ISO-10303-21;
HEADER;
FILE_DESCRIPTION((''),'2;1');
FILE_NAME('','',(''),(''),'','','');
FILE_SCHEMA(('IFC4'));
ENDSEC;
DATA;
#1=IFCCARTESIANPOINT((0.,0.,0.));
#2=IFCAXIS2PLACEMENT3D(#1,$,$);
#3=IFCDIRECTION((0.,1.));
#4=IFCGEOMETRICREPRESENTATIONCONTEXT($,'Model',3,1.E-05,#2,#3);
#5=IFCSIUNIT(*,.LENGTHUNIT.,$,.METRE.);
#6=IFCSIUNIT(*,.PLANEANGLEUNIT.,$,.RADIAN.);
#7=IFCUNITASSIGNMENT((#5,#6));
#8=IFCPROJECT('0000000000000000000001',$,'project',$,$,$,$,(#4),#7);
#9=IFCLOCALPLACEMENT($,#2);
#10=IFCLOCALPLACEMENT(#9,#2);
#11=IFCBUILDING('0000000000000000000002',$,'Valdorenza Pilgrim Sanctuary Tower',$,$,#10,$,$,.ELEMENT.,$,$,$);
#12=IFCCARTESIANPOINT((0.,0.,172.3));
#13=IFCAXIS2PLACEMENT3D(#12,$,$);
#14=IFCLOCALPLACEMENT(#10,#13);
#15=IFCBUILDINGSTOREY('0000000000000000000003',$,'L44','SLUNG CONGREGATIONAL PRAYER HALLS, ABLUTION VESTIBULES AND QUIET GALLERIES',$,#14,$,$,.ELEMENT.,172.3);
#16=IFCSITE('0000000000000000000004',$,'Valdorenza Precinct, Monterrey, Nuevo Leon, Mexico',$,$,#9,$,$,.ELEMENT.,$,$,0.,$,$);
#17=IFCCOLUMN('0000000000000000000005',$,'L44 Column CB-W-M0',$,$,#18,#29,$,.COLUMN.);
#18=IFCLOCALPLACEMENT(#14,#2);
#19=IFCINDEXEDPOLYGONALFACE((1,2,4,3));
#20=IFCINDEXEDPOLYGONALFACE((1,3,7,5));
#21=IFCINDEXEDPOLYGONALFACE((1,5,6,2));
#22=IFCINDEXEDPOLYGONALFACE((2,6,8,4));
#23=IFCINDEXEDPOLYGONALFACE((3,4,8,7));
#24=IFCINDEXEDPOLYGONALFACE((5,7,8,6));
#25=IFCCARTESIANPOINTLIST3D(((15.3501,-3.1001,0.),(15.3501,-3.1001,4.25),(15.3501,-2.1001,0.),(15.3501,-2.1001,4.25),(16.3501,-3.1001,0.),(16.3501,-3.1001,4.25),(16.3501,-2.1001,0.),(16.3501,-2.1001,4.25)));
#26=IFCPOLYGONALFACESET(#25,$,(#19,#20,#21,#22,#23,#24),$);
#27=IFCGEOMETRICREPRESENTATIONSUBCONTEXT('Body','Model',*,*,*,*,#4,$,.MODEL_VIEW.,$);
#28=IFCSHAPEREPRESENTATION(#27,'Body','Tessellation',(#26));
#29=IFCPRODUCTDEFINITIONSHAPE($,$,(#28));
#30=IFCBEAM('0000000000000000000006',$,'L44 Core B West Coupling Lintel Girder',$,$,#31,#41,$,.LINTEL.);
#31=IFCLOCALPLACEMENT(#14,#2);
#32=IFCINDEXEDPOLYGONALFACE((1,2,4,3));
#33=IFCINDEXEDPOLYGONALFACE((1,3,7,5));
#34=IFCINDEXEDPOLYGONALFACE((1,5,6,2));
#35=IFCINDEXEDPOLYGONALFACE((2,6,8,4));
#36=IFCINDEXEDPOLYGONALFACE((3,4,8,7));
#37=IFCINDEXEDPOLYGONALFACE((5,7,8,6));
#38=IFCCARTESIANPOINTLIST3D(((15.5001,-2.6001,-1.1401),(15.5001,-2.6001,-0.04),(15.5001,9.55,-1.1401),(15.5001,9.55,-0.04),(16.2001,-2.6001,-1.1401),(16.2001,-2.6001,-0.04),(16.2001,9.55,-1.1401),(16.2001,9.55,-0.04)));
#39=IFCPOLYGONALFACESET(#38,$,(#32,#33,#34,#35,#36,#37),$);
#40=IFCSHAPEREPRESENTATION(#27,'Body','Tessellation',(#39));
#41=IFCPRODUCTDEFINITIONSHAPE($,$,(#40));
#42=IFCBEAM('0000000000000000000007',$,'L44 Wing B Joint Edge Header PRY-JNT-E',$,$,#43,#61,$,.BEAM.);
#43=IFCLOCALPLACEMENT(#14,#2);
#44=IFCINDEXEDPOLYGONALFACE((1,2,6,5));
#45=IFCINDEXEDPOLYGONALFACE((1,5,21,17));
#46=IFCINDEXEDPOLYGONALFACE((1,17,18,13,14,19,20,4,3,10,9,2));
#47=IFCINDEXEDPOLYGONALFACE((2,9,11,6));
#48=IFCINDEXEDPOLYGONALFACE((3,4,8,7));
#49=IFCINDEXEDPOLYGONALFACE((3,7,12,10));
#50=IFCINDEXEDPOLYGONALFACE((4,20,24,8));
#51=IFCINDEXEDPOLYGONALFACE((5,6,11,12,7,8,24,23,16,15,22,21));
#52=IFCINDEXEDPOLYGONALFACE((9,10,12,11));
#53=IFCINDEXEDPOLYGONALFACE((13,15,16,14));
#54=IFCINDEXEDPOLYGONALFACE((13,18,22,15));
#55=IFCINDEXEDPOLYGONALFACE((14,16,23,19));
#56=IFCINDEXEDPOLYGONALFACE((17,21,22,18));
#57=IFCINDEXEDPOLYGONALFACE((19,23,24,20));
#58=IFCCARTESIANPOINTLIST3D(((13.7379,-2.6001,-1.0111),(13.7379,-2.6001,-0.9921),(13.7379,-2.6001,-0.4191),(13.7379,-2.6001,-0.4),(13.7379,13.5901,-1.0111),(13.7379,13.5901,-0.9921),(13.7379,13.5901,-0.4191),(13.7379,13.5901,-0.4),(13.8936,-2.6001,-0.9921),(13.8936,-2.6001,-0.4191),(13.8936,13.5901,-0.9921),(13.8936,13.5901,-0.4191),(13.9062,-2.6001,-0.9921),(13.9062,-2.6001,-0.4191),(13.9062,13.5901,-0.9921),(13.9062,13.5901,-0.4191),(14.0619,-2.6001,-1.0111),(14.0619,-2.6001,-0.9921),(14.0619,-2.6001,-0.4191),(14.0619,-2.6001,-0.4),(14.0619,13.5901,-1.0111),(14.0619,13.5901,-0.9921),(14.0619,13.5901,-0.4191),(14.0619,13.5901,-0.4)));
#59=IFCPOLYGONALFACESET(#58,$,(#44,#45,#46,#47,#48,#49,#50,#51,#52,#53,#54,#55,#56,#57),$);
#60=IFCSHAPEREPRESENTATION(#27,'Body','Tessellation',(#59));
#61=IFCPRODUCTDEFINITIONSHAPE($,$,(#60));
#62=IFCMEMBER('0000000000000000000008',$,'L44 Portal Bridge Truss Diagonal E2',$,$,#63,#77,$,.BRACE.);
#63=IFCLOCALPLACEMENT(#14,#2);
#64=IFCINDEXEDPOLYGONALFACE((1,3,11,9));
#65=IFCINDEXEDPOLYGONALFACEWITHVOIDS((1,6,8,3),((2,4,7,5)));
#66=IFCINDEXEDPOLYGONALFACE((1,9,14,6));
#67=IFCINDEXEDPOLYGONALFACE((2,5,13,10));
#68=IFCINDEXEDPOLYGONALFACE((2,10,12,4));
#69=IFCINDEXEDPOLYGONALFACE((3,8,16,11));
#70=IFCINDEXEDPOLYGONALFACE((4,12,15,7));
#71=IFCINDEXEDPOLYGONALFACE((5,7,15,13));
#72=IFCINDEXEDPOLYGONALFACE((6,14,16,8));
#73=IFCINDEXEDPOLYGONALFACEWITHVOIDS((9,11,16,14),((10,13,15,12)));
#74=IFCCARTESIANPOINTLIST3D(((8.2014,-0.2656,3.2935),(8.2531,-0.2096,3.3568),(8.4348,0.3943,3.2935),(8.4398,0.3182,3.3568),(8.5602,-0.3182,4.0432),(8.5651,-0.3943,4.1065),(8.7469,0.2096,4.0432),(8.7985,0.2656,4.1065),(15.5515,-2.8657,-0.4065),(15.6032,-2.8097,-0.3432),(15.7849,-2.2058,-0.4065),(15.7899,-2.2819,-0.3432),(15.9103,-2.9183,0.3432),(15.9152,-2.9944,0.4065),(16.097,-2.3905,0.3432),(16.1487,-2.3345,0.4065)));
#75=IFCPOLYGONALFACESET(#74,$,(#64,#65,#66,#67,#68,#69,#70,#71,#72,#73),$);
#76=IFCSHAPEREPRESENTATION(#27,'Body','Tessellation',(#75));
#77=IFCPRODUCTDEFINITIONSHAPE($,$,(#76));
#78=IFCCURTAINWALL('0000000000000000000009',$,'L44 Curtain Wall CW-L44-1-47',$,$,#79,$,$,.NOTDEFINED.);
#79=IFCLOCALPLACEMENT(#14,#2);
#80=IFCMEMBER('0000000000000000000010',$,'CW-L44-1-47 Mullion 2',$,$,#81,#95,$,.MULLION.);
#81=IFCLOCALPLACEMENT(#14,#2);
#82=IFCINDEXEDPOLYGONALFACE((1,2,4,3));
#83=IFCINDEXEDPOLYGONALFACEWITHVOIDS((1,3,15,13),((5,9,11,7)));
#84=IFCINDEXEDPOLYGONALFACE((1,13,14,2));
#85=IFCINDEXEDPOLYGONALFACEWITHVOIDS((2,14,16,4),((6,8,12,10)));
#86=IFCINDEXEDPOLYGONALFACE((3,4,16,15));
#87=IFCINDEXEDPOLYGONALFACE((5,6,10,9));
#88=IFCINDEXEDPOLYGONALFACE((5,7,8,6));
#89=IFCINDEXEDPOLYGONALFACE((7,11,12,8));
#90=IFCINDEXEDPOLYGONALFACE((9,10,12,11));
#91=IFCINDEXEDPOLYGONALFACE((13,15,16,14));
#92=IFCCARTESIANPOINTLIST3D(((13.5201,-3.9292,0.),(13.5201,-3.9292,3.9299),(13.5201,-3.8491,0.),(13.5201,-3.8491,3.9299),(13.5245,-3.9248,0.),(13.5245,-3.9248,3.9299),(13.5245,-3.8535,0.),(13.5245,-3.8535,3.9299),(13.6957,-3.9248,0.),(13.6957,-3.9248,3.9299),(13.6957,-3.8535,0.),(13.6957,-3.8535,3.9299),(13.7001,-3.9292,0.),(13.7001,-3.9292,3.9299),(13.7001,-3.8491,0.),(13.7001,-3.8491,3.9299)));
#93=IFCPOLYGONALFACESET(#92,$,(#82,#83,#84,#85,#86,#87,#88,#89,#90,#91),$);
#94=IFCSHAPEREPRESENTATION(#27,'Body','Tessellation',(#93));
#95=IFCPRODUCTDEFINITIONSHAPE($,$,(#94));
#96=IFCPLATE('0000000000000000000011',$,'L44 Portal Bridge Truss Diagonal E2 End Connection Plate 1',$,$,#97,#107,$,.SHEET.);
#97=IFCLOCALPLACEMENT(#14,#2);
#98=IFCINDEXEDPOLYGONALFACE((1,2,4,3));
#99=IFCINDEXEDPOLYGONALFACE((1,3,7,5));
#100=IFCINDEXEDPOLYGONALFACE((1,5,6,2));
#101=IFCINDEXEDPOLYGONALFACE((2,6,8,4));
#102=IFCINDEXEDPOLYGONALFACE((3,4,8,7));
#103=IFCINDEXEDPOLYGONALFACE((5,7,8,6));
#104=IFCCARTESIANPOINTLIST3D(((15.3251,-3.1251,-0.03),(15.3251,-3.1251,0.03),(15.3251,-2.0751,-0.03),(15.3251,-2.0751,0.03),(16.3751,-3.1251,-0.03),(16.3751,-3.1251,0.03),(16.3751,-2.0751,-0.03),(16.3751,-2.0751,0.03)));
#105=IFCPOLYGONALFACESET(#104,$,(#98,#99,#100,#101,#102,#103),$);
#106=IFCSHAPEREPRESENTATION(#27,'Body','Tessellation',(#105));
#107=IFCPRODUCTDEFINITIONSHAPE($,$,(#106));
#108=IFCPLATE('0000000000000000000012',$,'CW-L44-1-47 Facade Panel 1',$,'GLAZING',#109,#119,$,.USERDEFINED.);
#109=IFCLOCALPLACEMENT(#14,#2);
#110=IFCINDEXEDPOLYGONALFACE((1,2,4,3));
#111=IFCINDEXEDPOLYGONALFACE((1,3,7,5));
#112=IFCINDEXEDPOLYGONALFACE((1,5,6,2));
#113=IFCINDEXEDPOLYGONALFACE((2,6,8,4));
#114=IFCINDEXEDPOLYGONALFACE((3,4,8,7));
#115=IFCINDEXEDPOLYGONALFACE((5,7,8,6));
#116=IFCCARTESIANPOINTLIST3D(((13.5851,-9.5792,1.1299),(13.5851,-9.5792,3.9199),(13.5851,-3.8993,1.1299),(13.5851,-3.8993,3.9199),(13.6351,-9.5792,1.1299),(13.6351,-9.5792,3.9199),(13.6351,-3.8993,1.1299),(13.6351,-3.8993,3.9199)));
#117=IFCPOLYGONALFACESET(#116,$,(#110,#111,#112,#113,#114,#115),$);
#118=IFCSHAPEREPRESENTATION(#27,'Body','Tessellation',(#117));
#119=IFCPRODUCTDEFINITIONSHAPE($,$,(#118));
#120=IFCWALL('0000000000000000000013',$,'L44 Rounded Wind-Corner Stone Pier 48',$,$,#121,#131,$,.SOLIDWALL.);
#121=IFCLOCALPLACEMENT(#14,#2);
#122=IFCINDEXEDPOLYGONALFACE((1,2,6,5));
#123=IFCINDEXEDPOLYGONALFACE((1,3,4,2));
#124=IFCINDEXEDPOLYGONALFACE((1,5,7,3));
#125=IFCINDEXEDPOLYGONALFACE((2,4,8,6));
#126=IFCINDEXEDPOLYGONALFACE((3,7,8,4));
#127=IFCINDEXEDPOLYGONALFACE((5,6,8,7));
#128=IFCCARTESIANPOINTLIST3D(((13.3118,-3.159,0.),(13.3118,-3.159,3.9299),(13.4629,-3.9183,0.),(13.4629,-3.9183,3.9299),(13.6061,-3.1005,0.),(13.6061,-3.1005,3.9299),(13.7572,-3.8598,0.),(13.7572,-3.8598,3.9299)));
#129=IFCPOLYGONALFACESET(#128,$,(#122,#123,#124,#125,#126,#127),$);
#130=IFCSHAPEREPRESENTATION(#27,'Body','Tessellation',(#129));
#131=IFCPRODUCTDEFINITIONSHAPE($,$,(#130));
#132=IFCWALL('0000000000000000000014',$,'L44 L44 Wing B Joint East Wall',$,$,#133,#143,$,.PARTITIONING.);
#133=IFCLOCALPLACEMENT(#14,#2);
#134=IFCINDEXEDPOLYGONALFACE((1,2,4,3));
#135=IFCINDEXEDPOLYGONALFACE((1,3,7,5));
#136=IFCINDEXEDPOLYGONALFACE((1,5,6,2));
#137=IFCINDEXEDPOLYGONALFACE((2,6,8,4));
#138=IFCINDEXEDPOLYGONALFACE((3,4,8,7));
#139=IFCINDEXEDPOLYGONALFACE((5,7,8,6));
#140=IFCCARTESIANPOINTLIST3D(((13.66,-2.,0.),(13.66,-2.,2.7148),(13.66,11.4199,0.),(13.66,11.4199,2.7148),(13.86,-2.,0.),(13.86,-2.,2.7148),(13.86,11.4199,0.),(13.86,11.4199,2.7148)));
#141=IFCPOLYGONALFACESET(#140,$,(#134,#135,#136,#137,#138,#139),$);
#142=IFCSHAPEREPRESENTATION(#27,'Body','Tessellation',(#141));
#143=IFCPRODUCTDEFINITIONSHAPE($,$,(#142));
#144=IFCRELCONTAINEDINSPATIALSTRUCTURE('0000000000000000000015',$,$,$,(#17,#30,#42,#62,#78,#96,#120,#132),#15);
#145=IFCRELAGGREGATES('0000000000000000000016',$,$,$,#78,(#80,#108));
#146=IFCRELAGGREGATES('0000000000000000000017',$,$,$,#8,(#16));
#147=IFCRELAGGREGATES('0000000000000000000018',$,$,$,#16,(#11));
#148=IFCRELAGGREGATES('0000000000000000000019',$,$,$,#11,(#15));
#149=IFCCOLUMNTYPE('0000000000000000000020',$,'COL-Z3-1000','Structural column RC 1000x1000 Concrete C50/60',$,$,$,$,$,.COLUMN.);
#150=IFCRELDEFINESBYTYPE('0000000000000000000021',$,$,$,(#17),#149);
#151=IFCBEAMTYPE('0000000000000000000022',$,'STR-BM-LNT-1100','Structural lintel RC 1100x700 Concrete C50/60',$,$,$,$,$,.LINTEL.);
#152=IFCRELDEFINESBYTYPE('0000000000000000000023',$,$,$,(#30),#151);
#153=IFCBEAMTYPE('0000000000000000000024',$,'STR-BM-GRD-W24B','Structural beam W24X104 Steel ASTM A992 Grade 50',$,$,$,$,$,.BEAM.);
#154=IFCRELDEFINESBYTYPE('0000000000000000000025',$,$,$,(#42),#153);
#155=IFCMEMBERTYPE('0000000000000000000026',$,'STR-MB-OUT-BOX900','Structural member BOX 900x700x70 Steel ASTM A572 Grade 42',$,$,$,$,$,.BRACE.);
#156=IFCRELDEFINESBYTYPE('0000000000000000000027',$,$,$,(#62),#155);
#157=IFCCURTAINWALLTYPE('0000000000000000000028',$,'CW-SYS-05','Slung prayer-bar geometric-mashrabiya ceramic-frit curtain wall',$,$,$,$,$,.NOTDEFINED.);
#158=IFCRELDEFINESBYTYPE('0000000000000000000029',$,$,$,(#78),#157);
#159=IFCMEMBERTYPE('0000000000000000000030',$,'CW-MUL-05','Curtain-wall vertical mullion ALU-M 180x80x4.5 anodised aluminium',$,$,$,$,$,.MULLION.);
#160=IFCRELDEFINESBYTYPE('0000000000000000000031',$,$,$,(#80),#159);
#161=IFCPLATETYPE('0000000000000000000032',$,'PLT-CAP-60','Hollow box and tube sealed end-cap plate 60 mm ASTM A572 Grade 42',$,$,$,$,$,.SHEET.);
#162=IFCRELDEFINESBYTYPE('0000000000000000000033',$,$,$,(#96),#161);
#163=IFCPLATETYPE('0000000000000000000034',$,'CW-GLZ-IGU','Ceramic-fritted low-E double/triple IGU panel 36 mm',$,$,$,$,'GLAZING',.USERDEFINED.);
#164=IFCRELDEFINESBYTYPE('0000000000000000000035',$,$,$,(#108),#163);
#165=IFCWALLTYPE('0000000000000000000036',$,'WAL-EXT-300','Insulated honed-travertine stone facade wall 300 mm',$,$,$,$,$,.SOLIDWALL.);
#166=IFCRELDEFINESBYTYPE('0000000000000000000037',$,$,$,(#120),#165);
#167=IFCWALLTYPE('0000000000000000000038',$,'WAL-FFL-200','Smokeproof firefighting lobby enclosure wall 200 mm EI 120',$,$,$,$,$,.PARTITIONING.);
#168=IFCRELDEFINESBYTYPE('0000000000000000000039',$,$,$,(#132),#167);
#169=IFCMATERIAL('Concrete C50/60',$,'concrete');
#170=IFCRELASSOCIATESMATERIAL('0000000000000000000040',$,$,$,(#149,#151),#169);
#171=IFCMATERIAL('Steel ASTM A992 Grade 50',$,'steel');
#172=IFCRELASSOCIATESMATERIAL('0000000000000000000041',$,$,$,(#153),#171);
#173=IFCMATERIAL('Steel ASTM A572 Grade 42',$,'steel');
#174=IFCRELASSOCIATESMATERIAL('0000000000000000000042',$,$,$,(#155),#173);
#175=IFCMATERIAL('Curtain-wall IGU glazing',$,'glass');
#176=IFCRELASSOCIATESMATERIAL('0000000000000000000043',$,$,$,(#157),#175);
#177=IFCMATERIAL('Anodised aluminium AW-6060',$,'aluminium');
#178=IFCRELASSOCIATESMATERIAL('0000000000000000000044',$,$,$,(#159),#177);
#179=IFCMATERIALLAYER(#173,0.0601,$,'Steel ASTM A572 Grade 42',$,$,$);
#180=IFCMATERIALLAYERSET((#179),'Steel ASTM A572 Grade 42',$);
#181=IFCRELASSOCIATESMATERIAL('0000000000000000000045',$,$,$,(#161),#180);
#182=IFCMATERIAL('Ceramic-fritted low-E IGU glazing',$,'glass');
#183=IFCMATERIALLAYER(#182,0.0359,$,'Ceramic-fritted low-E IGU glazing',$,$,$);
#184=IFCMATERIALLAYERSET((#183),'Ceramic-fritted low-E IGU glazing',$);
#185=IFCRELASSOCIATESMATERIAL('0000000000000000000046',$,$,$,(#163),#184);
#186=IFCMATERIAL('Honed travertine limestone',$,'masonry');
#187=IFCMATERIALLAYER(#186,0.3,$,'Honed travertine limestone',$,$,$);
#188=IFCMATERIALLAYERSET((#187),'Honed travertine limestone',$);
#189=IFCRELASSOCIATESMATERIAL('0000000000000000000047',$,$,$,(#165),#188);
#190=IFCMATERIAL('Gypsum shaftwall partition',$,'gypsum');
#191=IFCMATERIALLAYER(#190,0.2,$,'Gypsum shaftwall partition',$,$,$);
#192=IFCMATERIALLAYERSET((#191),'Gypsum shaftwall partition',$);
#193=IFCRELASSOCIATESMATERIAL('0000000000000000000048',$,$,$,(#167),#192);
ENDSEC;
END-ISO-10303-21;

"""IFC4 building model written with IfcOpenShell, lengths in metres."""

from ifc_helpers import new_model, si_unit, direction, frame, frame_2d, origin, origin_2d, place, context, subcontext, project, spatial, rectangle, hollow_rectangle, i_section, extrude, source, transform, mapped, material, layer, layer_set, material_profile, profile_set, type_object, element, aggregate, save


model = new_model("IFC4")

# Units and contexts
model_context = context("Model", 3, precision=1e-05, world=origin(), true_north=direction((0.0, 1.0)))
body_context = subcontext(model_context, "Body", "Model", "MODEL_VIEW")
ifc_project = project(units=[si_unit("LENGTHUNIT", "METRE"), si_unit("PLANEANGLEUNIT", "RADIAN")], contexts=[model_context])

# Site, building, storey
site_placement = place(None, origin())
site = spatial("IfcSite", under=ifc_project, at=site_placement, Name="Valdorenza Precinct, Monterrey, Nuevo Leon, Mexico", CompositionType="ELEMENT", RefElevation=0.0)
building_placement = place(site_placement, origin())
building = spatial("IfcBuilding", under=site, at=building_placement, Name="Valdorenza Pilgrim Sanctuary Tower", CompositionType="ELEMENT")
storey_placement = place(building_placement, frame((0.0, 0.0, 172.3)))
storey = spatial("IfcBuildingStorey", under=building, at=storey_placement, Name="L44", Description="SLUNG CONGREGATIONAL PRAYER HALLS, ABLUTION VESTIBULES AND QUIET GALLERIES", CompositionType="ELEMENT", Elevation=172.3)

# Column
ifc_material_1 = material(Name="Concrete C50/60", Category="concrete")
ifc_material_profile_1 = material_profile(ifc_material_1, rectangle(XDim=1.0, YDim=1.0, at=origin_2d()), Name="RC 1000x1000")
ifc_profile_set_1 = profile_set([ifc_material_profile_1], Name="Concrete C50/60")
column_type = type_object("IfcColumnType", Name="COL-Z3-1000", Description="Structural column RC 1000x1000 Concrete C50/60", PredefinedType="COLUMN", material=ifc_profile_set_1)
shared_shape_1 = source(origin(), body_context, "Body", "SweptSolid", [
    extrude(rectangle(XDim=1.0, YDim=1.0, at=origin_2d()), origin(), (0.0, 0.0, 1.0), 4.25),
])
column_placement = place(storey_placement, frame((15.8501, -2.6001, 0.0), z_axis=(0.0, 0.0, 1.0), x_axis=(1.0, 0.0, 0.0)))
element("IfcColumn", 1, at=column_placement, inside=storey, type_object=column_type, Name="L44 Column CB-W-M0", PredefinedType="COLUMN", context=body_context, shape_type="MappedRepresentation", body=[
    mapped(shared_shape_1, transform((0.0, 0.0, 0.0), x_axis=(1.0, 0.0, 0.0), y_axis=(0.0, 1.0, 0.0), z_axis=(0.0, 0.0, 1.0), scale=1.0)),
])

# Beams
ifc_material_profile_2 = material_profile(ifc_material_1, rectangle(XDim=0.7, YDim=1.1001, at=origin_2d()), Name="RC 1100x700")
ifc_profile_set_2 = profile_set([ifc_material_profile_2], Name="Concrete C50/60")
beam_type_1 = type_object("IfcBeamType", Name="STR-BM-LNT-1100", Description="Structural lintel RC 1100x700 Concrete C50/60", PredefinedType="LINTEL", material=ifc_profile_set_2)
shared_shape_2 = source(origin(), body_context, "Body", "SweptSolid", [
    extrude(rectangle(XDim=0.7, YDim=1.1001, at=origin_2d()), origin(), (0.0, 0.0, 1.0), 12.1501),
])
beam_1_placement = place(storey_placement, frame((15.8501, -2.6001, -0.5901), z_axis=(0.0, 1.0, 0.0), x_axis=(-1.0, 0.0, 0.0)))
element("IfcBeam", 2, at=beam_1_placement, inside=storey, type_object=beam_type_1, Name="L44 Core B West Coupling Lintel Girder", PredefinedType="LINTEL", context=body_context, shape_type="MappedRepresentation", body=[
    mapped(shared_shape_2, transform((0.0, 0.0, 0.0), x_axis=(1.0, 0.0, 0.0), y_axis=(0.0, 1.0, 0.0), z_axis=(0.0, 0.0, 1.0), scale=1.0)),
])
ifc_material_2 = material(Name="Steel ASTM A992 Grade 50", Category="steel")
ifc_material_profile_3 = material_profile(ifc_material_2, i_section(OverallWidth=0.324, OverallDepth=0.6111, WebThickness=0.0127, FlangeThickness=0.019, at=origin_2d()), Name="W24X104")
ifc_profile_set_3 = profile_set([ifc_material_profile_3], Name="Steel ASTM A992 Grade 50")
beam_type_2 = type_object("IfcBeamType", Name="STR-BM-GRD-W24B", Description="Structural beam W24X104 Steel ASTM A992 Grade 50", PredefinedType="BEAM", material=ifc_profile_set_3)
shared_shape_3 = source(origin(), body_context, "Body", "SweptSolid", [
    extrude(i_section(OverallWidth=0.324, OverallDepth=0.6111, WebThickness=0.0127, FlangeThickness=0.019, at=origin_2d()), origin(), (0.0, 0.0, 1.0), 16.1902),
])
beam_2_placement = place(storey_placement, frame((13.8999, -2.6001, -0.7056), z_axis=(0.0, 1.0, 0.0), x_axis=(-1.0, 0.0, 0.0)))
element("IfcBeam", 3, at=beam_2_placement, inside=storey, type_object=beam_type_2, Name="L44 Wing B Joint Edge Header PRY-JNT-E", PredefinedType="BEAM", context=body_context, shape_type="MappedRepresentation", body=[
    mapped(shared_shape_3, transform((0.0, 0.0, 0.0), x_axis=(1.0, 0.0, 0.0), y_axis=(0.0, 1.0, 0.0), z_axis=(0.0, 0.0, 1.0), scale=1.0)),
])

# Member
ifc_material_3 = material(Name="Steel ASTM A572 Grade 42", Category="steel")
ifc_material_profile_4 = material_profile(ifc_material_3, hollow_rectangle(XDim=0.7, YDim=0.8999, WallThickness=0.0701, at=origin_2d()), Name="BOX 900x700x70")
ifc_profile_set_4 = profile_set([ifc_material_profile_4], Name="Steel ASTM A572 Grade 42")
member_type_1 = type_object("IfcMemberType", Name="STR-MB-OUT-BOX900", Description="Structural member BOX 900x700x70 Steel ASTM A572 Grade 42", PredefinedType="BRACE", material=ifc_profile_set_4)
shared_shape_4 = source(origin(), body_context, "Body", "SweptSolid", [
    extrude(hollow_rectangle(XDim=0.7, YDim=0.8999, WallThickness=0.0701, at=origin_2d()), origin(), (0.0, 0.0, 1.0), 8.6299),
])
member_1_placement = place(storey_placement, frame((15.8501, -2.6001, 0.0), z_axis=(-0.851708, 0.301292, 0.428739), x_axis=(-0.333498, -0.942751, 0.0)))
element("IfcMember", 4, at=member_1_placement, inside=storey, type_object=member_type_1, Name="L44 Portal Bridge Truss Diagonal E2", PredefinedType="BRACE", context=body_context, shape_type="MappedRepresentation", body=[
    mapped(shared_shape_4, transform((0.0, 0.0, 0.0), x_axis=(1.0, 0.0, 0.0), y_axis=(0.0, 1.0, 0.0), z_axis=(0.0, 0.0, 1.0), scale=1.0)),
])

# Curtain wall, member
ifc_material_4 = material(Name="Curtain-wall IGU glazing", Category="glass")
curtain_wall_type = type_object("IfcCurtainWallType", Name="CW-SYS-05", Description="Slung prayer-bar geometric-mashrabiya ceramic-frit curtain wall", PredefinedType="NOTDEFINED", material=ifc_material_4)
curtain_wall_placement = place(storey_placement, origin())
curtain_wall = element("IfcCurtainWall", 5, at=curtain_wall_placement, inside=storey, type_object=curtain_wall_type, Name="L44 Curtain Wall CW-L44-1-47", PredefinedType="NOTDEFINED")
ifc_material_5 = material(Name="Anodised aluminium AW-6060", Category="aluminium")
ifc_material_profile_5 = material_profile(ifc_material_5, hollow_rectangle(XDim=0.0801, YDim=0.1799, WallThickness=0.0044, at=origin_2d()), Name="ALU-M 180x80x4.5")
ifc_profile_set_5 = profile_set([ifc_material_profile_5], Name="Anodised aluminium AW-6060")
member_type_2 = type_object("IfcMemberType", Name="CW-MUL-05", Description="Curtain-wall vertical mullion ALU-M 180x80x4.5 anodised aluminium", PredefinedType="MULLION", material=ifc_profile_set_5)
shared_shape_5 = source(origin(), body_context, "Body", "SweptSolid", [
    extrude(hollow_rectangle(XDim=0.0801, YDim=0.1799, WallThickness=0.0044, at=origin_2d()), origin(), (0.0, 0.0, 1.0), 3.9299),
])
member_2_placement = place(storey_placement, frame((13.6101, -3.8892, 0.0), z_axis=(0.0, 0.0, 1.0), x_axis=(0.0, 1.0, 0.0)))
member_2 = element("IfcMember", 6, at=member_2_placement, type_object=member_type_2, Name="CW-L44-1-47 Mullion 2", PredefinedType="MULLION", context=body_context, shape_type="MappedRepresentation", body=[
    mapped(shared_shape_5, transform((0.0, 0.0, 0.0), x_axis=(1.0, 0.0, 0.0), y_axis=(0.0, 1.0, 0.0), z_axis=(0.0, 0.0, 1.0), scale=1.0)),
])

# Plates
ifc_layer_1 = layer(ifc_material_3, 0.0601, Name="Steel ASTM A572 Grade 42")
ifc_layer_set_1 = layer_set([ifc_layer_1], Name="Steel ASTM A572 Grade 42")
plate_type_1 = type_object("IfcPlateType", Name="PLT-CAP-60", Description="Hollow box and tube sealed end-cap plate 60 mm ASTM A572 Grade 42", PredefinedType="SHEET", material=ifc_layer_set_1)
shared_shape_6 = source(origin(), body_context, "Body", "SweptSolid", [
    extrude(rectangle(XDim=1.05, YDim=1.05, at=origin_2d()), origin(), (0.0, 0.0, 1.0), 0.0601),
])
plate_1_placement = place(storey_placement, frame((15.8501, -2.6001, -0.03), z_axis=(0.0, 0.0, 1.0), x_axis=(1.0, 0.0, 0.0)))
element("IfcPlate", 7, at=plate_1_placement, inside=storey, type_object=plate_type_1, Name="L44 Portal Bridge Truss Diagonal E2 End Connection Plate 1", PredefinedType="SHEET", context=body_context, shape_type="MappedRepresentation", body=[
    mapped(shared_shape_6, transform((0.0, 0.0, 0.0), x_axis=(1.0, 0.0, 0.0), y_axis=(0.0, 1.0, 0.0), z_axis=(0.0, 0.0, 1.0), scale=1.0)),
])
ifc_material_6 = material(Name="Ceramic-fritted low-E IGU glazing", Category="glass")
ifc_layer_2 = layer(ifc_material_6, 0.0359, Name="Ceramic-fritted low-E IGU glazing")
ifc_layer_set_2 = layer_set([ifc_layer_2], Name="Ceramic-fritted low-E IGU glazing")
plate_type_2 = type_object("IfcPlateType", Name="CW-GLZ-IGU", Description="Ceramic-fritted low-E double/triple IGU panel 36 mm", ElementType="GLAZING", PredefinedType="USERDEFINED", material=ifc_layer_set_2)
shared_shape_7 = source(origin(), body_context, "Body", "SweptSolid", [
    extrude(rectangle(XDim=5.6799, YDim=0.05, at=origin_2d()), origin(), (0.0, 0.0, 1.0), 2.79),
])
plate_2_placement = place(storey_placement, frame((13.6101, -6.7393, 1.1299), z_axis=(0.0, 0.0, 1.0), x_axis=(0.0, 1.0, 0.0)))
plate_2 = element("IfcPlate", 8, at=plate_2_placement, type_object=plate_type_2, Name="CW-L44-1-47 Facade Panel 1", ObjectType="GLAZING", PredefinedType="USERDEFINED", context=body_context, shape_type="MappedRepresentation", body=[
    mapped(shared_shape_7, transform((0.0, 0.0, 0.0), x_axis=(1.0, 0.0, 0.0), y_axis=(0.0, 1.0, 0.0), z_axis=(0.0, 0.0, 1.0), scale=1.0)),
])
aggregate(curtain_wall, [member_2, plate_2])

# Wall
ifc_material_7 = material(Name="Honed travertine limestone", Category="masonry")
ifc_layer_3 = layer(ifc_material_7, 0.3, Name="Honed travertine limestone")
ifc_layer_set_3 = layer_set([ifc_layer_3], Name="Honed travertine limestone")
wall_type_1 = type_object("IfcWallType", Name="WAL-EXT-300", Description="Insulated honed-travertine stone facade wall 300 mm", PredefinedType="SOLIDWALL", material=ifc_layer_set_3)
wall_1_placement = place(storey_placement, frame((13.6101, -3.8892, 0.0), z_axis=(0.0, 0.0, 1.0), x_axis=(-0.195206, 0.980762, 0.0)))
element("IfcWall", 9, at=wall_1_placement, inside=storey, type_object=wall_type_1, Name="L44 Rounded Wind-Corner Stone Pier 48", PredefinedType="SOLIDWALL", context=body_context, shape_type="SweptSolid", body=[
    extrude(rectangle(XDim=0.7742, YDim=0.3, at=frame_2d((0.3872, 0.0))), origin(), (0.0, 0.0, 1.0), 3.9299),
])

# Shared definitions
ifc_material_8 = material(Name="Gypsum shaftwall partition", Category="gypsum")
ifc_layer_4 = layer(ifc_material_8, 0.2, Name="Gypsum shaftwall partition")
ifc_layer_set_4 = layer_set([ifc_layer_4], Name="Gypsum shaftwall partition")
wall_type_2 = type_object("IfcWallType", Name="WAL-FFL-200", Description="Smokeproof firefighting lobby enclosure wall 200 mm EI 120", PredefinedType="PARTITIONING", material=ifc_layer_set_4)

# Wall
wall_2_placement = place(storey_placement, frame((13.76, -2.0, 0.0), z_axis=(0.0, 0.0, 1.0), x_axis=(0.0, 1.0, 0.0)))
element("IfcWall", 10, at=wall_2_placement, inside=storey, type_object=wall_type_2, Name="L44 L44 Wing B Joint East Wall", PredefinedType="PARTITIONING", context=body_context, shape_type="SweptSolid", body=[
    extrude(rectangle(XDim=13.4199, YDim=0.2, at=frame_2d((6.71, 0.0))), origin(), (0.0, 0.0, 1.0), 2.7148),
])

save(model, "model.ifc")
